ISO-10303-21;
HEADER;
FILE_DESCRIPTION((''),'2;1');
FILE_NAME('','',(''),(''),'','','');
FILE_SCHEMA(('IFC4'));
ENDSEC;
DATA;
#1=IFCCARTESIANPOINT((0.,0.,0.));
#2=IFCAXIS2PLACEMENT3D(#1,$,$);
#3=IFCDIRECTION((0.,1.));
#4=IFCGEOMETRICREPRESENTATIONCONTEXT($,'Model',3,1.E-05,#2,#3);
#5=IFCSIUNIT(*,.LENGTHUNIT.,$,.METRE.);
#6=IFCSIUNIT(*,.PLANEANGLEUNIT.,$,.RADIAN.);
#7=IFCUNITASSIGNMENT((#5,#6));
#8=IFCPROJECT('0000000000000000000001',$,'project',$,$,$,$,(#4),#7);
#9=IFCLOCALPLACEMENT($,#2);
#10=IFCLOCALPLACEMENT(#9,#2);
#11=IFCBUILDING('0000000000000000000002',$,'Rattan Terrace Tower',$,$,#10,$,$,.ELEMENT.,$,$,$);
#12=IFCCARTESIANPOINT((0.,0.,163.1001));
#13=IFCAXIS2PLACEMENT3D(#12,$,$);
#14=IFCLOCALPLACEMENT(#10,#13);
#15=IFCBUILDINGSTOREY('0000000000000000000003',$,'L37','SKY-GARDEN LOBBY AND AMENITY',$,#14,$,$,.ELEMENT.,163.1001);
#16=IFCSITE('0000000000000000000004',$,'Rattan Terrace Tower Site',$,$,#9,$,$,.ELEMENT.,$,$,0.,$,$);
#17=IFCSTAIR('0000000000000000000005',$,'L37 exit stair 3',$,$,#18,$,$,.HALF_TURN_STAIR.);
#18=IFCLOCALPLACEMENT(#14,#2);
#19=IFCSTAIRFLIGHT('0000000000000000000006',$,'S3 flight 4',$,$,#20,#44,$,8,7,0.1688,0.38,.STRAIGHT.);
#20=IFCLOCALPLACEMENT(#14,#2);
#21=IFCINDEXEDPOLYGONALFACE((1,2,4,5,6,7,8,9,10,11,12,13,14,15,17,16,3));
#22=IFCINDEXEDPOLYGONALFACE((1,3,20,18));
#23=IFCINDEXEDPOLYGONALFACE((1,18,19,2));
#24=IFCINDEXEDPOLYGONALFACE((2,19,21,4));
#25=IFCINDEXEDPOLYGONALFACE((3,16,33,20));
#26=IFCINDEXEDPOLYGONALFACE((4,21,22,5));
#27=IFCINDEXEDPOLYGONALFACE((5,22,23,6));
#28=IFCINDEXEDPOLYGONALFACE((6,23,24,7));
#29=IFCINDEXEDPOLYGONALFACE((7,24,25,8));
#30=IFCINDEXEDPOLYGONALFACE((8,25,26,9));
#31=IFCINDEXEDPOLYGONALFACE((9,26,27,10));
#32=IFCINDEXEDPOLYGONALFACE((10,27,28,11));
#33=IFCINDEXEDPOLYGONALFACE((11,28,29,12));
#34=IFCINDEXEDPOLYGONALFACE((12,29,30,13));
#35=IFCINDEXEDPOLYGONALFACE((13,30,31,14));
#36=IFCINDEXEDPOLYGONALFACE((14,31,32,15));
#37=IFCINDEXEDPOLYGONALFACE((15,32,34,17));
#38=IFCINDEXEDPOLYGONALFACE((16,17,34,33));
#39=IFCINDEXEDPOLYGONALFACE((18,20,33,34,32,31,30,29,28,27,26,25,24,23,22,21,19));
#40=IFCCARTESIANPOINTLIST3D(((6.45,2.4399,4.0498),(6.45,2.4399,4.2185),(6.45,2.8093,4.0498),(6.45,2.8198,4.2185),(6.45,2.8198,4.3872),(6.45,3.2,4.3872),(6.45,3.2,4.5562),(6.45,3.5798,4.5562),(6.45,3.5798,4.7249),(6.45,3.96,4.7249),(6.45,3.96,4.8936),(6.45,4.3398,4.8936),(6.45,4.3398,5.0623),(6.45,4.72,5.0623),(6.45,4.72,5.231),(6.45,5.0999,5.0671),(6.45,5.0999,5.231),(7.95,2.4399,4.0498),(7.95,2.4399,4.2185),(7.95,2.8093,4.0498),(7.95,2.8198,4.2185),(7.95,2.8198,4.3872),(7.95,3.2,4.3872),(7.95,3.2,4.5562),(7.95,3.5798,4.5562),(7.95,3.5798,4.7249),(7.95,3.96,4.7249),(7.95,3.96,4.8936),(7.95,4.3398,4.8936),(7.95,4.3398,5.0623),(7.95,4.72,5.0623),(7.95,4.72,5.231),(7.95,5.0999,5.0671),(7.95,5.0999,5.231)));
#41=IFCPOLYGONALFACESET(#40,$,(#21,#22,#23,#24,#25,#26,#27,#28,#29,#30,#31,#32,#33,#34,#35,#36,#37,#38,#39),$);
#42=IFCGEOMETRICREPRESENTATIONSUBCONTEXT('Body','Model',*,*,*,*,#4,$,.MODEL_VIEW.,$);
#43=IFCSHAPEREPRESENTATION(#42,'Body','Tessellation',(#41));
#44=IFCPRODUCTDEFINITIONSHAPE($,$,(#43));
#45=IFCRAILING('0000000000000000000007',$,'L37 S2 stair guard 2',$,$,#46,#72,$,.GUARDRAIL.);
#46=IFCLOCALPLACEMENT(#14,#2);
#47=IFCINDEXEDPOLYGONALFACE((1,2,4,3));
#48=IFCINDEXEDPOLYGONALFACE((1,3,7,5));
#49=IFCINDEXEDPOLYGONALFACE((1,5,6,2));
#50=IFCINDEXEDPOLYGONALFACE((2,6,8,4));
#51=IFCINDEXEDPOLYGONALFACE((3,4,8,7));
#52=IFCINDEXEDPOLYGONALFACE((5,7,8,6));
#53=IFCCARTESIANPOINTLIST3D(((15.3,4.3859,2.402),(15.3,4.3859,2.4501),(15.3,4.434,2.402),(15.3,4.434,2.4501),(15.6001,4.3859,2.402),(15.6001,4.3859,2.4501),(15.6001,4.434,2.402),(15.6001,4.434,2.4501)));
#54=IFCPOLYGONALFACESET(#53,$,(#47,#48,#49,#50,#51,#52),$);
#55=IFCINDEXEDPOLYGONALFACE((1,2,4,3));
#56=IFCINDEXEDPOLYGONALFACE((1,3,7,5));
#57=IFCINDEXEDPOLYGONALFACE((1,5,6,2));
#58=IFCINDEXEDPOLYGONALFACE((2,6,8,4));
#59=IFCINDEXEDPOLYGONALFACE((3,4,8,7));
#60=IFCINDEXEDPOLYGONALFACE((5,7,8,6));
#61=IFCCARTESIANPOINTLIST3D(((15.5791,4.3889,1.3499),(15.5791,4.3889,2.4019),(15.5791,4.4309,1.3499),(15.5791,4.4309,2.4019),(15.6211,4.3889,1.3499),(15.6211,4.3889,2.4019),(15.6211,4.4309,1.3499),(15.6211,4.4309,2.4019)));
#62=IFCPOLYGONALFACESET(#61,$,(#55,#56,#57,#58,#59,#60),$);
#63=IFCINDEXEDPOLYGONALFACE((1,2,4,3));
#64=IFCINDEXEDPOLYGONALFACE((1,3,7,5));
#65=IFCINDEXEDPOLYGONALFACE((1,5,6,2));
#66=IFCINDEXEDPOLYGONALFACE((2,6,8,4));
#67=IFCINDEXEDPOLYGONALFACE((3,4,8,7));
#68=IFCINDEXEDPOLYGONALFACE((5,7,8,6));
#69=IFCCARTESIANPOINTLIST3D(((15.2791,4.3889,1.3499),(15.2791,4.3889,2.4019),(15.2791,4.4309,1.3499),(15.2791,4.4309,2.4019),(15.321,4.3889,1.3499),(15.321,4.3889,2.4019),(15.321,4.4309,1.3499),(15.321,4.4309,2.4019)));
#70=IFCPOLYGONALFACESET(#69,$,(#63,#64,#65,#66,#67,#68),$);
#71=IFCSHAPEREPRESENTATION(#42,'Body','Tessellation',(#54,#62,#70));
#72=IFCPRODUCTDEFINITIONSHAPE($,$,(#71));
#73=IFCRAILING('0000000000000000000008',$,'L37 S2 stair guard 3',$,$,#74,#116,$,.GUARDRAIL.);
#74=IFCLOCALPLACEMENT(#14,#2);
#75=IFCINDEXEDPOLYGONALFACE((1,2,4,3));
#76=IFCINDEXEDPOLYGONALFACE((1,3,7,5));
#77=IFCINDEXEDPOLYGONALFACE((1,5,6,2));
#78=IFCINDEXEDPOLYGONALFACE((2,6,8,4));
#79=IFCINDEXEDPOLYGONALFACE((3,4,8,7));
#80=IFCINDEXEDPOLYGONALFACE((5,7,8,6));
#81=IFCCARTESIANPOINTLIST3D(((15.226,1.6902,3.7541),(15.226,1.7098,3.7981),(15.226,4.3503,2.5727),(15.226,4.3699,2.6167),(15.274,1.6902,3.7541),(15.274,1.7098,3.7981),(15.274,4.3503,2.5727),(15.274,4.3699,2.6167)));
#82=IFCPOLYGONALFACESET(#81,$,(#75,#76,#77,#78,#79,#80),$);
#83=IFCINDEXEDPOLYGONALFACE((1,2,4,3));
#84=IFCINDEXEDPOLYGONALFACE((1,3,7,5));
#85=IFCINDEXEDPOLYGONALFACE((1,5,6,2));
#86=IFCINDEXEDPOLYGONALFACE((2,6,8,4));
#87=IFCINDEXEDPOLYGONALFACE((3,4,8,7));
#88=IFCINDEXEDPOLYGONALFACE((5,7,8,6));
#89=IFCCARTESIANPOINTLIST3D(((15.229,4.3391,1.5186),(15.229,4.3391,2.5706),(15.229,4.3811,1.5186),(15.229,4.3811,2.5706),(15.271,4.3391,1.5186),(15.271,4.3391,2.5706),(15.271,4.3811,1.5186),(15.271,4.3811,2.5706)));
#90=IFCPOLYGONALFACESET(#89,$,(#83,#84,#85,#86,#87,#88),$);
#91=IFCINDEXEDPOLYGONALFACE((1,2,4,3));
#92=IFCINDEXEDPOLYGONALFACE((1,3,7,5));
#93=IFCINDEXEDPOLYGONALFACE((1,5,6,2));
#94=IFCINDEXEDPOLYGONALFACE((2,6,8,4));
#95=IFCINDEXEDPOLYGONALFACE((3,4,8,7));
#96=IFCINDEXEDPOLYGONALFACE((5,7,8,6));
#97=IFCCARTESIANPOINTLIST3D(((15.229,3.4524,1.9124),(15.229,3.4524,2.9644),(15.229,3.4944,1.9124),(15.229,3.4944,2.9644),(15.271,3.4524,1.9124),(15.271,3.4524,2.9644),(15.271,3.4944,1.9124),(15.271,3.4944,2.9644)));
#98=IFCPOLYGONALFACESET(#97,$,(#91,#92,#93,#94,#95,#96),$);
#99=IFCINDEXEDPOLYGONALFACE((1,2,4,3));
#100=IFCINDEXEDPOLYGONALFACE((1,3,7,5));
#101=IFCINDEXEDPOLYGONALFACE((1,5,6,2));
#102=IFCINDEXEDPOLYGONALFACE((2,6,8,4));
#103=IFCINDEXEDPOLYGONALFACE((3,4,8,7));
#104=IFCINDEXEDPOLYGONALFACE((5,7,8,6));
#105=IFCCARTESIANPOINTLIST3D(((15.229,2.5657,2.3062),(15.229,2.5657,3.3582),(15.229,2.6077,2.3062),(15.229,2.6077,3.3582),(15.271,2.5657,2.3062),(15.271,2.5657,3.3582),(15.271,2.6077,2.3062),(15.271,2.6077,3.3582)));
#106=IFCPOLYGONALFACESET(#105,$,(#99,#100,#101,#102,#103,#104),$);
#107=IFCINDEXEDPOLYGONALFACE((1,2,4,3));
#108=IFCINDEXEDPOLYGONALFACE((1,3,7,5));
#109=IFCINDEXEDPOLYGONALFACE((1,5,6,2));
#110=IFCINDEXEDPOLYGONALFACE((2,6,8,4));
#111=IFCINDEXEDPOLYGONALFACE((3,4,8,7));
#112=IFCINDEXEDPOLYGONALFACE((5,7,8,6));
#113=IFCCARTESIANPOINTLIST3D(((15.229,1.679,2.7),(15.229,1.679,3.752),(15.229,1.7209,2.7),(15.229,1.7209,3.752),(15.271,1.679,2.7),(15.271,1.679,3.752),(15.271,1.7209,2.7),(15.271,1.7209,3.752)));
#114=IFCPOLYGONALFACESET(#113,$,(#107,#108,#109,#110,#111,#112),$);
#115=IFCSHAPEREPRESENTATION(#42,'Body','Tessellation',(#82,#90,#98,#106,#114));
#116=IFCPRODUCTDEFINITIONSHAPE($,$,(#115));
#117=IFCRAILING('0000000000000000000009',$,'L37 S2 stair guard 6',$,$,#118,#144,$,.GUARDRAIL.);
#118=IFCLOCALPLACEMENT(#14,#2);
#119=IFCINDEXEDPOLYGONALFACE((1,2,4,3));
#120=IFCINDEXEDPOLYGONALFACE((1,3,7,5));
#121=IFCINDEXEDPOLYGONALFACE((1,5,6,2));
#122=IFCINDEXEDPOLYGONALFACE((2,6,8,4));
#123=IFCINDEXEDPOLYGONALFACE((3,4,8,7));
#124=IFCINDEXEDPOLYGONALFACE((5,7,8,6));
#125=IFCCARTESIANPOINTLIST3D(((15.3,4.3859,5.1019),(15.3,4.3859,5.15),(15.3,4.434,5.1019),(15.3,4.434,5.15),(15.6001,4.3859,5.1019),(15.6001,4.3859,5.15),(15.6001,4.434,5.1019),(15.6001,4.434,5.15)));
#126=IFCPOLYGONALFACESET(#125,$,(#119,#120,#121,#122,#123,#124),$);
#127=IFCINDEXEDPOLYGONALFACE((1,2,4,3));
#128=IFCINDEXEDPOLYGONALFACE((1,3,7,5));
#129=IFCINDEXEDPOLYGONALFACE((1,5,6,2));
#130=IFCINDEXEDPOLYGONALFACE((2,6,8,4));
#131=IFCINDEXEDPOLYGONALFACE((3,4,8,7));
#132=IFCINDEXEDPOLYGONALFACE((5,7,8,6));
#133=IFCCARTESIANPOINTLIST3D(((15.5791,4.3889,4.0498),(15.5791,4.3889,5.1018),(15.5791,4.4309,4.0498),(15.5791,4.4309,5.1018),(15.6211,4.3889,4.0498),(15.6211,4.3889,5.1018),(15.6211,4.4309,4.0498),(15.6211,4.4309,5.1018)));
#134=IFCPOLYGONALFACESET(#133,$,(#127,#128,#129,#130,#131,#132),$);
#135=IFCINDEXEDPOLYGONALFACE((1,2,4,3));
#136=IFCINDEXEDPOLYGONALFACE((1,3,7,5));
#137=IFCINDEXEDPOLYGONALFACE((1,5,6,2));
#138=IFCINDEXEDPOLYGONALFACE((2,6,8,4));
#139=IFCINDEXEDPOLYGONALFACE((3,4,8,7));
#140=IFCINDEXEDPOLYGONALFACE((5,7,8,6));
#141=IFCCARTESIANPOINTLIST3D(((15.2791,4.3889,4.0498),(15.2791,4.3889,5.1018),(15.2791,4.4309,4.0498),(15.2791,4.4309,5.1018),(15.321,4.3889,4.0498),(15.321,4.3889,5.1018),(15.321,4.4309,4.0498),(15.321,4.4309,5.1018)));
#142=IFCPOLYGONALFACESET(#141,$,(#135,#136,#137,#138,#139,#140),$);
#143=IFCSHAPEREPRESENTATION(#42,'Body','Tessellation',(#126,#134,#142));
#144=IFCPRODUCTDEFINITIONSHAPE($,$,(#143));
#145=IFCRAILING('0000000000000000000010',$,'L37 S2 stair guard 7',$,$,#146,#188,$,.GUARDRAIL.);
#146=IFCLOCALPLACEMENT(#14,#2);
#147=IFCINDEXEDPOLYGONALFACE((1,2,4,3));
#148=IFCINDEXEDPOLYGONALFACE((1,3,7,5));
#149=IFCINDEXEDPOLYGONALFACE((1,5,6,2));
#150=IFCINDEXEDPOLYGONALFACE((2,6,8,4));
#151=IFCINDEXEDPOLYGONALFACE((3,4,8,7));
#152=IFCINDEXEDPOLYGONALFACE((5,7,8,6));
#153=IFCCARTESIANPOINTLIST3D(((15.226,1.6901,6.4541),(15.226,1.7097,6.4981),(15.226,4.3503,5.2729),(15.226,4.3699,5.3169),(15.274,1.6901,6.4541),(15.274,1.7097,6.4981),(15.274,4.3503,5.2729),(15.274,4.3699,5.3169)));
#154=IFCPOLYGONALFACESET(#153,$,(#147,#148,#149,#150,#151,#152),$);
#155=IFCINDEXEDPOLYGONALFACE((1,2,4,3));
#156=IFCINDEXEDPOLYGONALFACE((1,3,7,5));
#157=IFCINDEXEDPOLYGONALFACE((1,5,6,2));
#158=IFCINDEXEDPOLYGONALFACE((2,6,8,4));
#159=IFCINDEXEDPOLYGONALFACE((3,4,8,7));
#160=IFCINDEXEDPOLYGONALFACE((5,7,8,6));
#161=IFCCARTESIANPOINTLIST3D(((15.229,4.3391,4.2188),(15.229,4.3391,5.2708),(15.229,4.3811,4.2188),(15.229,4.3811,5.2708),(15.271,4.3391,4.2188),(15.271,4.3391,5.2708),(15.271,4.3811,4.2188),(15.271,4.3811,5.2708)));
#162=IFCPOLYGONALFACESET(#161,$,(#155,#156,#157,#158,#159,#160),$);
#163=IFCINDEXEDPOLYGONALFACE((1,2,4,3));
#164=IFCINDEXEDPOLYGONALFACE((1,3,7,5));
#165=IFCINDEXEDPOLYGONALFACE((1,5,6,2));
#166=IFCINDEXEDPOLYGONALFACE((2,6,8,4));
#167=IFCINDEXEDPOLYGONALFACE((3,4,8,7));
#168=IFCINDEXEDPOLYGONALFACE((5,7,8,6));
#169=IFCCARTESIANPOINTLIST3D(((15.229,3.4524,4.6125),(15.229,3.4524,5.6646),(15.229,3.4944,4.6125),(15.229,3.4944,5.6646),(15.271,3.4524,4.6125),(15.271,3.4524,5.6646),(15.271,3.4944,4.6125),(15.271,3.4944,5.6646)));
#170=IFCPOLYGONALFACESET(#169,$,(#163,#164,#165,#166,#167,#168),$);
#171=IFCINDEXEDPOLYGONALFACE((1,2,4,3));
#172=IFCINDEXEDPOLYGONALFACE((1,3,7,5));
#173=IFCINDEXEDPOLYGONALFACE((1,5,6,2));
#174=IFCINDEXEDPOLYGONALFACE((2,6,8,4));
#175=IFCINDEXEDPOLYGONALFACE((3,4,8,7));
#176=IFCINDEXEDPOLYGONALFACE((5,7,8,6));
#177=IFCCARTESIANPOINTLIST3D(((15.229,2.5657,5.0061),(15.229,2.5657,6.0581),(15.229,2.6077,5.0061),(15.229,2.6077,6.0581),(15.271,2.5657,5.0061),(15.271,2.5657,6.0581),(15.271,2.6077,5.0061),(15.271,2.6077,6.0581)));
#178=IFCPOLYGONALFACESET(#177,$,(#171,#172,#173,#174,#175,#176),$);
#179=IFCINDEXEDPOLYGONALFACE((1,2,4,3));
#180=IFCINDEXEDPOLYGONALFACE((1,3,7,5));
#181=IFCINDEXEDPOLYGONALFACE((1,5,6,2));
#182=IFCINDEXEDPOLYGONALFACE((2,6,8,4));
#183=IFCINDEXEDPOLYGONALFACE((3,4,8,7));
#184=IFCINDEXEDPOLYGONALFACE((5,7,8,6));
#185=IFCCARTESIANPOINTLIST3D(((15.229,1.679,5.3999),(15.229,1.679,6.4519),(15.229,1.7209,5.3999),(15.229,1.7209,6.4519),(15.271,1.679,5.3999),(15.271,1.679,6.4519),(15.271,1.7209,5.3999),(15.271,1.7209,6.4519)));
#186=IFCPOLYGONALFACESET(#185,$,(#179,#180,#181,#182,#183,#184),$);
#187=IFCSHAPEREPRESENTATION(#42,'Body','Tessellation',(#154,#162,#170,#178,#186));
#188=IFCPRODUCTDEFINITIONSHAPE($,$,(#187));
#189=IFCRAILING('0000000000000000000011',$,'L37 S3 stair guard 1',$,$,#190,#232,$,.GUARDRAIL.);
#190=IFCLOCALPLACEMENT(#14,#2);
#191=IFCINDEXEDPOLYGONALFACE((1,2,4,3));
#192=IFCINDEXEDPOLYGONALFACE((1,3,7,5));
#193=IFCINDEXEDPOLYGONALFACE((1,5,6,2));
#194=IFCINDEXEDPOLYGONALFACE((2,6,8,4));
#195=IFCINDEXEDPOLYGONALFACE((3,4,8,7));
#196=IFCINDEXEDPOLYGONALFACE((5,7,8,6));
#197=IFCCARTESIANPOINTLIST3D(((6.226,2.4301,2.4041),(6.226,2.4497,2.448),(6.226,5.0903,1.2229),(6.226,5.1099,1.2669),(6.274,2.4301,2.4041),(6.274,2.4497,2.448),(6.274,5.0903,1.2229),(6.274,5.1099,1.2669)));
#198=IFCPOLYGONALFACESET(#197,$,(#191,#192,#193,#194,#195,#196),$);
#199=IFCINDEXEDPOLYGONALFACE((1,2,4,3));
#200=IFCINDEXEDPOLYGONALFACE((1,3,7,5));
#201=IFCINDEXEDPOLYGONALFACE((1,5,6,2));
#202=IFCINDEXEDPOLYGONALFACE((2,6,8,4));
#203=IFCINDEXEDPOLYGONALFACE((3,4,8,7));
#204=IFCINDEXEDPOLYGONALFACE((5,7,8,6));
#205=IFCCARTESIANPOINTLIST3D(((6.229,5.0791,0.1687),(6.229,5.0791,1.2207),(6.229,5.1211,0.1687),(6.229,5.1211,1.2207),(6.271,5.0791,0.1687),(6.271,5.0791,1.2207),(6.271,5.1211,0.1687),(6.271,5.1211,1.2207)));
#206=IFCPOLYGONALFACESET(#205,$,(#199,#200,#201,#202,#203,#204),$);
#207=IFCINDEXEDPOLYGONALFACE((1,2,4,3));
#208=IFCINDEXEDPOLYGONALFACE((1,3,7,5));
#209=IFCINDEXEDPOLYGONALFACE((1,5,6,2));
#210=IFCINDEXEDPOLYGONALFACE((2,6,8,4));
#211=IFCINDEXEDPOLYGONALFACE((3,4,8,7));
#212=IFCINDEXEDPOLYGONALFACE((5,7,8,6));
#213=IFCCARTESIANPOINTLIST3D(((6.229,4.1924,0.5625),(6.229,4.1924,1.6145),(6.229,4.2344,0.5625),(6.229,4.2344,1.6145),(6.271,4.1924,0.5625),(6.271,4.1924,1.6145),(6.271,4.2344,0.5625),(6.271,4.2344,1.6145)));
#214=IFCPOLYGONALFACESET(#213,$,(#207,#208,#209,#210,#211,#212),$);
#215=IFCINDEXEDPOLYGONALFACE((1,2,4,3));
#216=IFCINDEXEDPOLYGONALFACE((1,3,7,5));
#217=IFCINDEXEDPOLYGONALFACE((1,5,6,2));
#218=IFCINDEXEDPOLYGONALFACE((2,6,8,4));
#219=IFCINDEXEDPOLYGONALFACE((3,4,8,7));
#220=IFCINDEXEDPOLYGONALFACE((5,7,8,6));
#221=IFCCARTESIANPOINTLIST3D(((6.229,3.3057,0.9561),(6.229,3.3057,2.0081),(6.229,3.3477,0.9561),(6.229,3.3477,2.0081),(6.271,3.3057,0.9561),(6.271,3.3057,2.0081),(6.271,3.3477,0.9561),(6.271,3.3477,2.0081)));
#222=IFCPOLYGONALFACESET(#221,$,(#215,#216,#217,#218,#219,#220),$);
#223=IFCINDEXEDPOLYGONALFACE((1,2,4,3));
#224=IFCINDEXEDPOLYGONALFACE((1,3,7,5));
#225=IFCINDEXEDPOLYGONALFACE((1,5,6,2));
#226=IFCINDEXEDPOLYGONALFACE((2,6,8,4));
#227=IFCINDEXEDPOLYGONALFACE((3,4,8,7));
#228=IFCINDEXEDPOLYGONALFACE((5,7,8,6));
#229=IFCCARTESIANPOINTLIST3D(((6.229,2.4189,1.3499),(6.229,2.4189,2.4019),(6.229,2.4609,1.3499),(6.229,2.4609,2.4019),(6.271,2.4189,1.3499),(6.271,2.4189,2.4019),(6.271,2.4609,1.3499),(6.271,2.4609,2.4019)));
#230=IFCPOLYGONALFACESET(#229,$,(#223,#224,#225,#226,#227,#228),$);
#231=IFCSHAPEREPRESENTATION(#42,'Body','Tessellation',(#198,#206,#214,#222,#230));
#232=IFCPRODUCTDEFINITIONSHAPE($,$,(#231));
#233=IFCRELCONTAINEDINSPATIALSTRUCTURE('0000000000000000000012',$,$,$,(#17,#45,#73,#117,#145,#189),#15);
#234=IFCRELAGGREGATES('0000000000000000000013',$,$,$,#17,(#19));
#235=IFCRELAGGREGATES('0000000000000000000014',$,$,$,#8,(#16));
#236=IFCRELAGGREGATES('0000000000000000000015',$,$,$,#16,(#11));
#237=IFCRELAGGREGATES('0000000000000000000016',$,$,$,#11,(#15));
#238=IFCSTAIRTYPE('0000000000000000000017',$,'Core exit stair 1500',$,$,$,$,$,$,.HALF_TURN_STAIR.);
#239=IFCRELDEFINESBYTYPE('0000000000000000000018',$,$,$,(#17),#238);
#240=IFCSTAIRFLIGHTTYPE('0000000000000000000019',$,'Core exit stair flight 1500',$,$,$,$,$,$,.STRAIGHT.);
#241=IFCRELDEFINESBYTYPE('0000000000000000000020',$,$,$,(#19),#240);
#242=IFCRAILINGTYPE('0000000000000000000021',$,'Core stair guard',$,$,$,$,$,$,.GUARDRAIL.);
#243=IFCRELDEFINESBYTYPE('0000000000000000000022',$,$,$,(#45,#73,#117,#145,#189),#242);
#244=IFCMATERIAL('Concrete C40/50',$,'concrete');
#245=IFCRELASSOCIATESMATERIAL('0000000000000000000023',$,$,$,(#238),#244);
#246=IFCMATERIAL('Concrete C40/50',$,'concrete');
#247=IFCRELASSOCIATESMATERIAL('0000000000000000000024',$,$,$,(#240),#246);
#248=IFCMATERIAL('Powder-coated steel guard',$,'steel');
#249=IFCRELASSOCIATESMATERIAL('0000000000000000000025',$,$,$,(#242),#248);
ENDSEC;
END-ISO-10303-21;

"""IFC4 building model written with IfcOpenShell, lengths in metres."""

from ifc_helpers import new_model, si_unit, direction, frame, origin, origin_2d, place, context, subcontext, project, spatial, polyline, rectangle, outline, extrude, material, type_object, element, aggregate, save


model = new_model("IFC4")

# Units and contexts
model_context = context("Model", 3, precision=1e-05, world=origin(), true_north=direction((0.0, 1.0)))
body_context = subcontext(model_context, "Body", "Model", "MODEL_VIEW")
ifc_project = project(units=[si_unit("LENGTHUNIT", "METRE"), si_unit("PLANEANGLEUNIT", "RADIAN")], contexts=[model_context])

# Site, building, storey
site_placement = place(None, origin())
site = spatial("IfcSite", under=ifc_project, at=site_placement, Name="Rattan Terrace Tower Site", CompositionType="ELEMENT", RefElevation=0.0)
building_placement = place(site_placement, origin())
building = spatial("IfcBuilding", under=site, at=building_placement, Name="Rattan Terrace Tower", CompositionType="ELEMENT")
storey_placement = place(building_placement, frame((0.0, 0.0, 163.1001)))
storey = spatial("IfcBuildingStorey", under=building, at=storey_placement, Name="L37", Description="SKY-GARDEN LOBBY AND AMENITY", CompositionType="ELEMENT", Elevation=163.1001)

# Stair, stair flight
ifc_material_1 = material(Name="Concrete C40/50", Category="concrete")
stair_type = type_object("IfcStairType", Name="Core exit stair 1500", PredefinedType="HALF_TURN_STAIR", material=ifc_material_1)
ifc_material_2 = material(Name="Concrete C40/50", Category="concrete")
stair_flight_type = type_object("IfcStairFlightType", Name="Core exit stair flight 1500", PredefinedType="STRAIGHT", material=ifc_material_2)
stair_1_placement = place(storey_placement, origin())
stair_1 = element("IfcStair", 1, at=stair_1_placement, inside=storey, type_object=stair_type, Name="L37 exit stair 3", PredefinedType="HALF_TURN_STAIR")
stair_flight_1_placement = place(storey_placement, frame((7.2, 2.4399, 4.0498), z_axis=(0.0, 0.0, 1.0), x_axis=(0.0, 1.0, 0.0)))
stair_flight_1 = element("IfcStairFlight", 2, at=stair_flight_1_placement, type_object=stair_flight_type, Name="S3 flight 4", NumberOfRisers=8, NumberOfTreads=7, PredefinedType="STRAIGHT", RiserHeight=0.1688, TreadLength=0.38, context=body_context, shape_type="SweptSolid", body=[
    extrude(outline(polyline([(0.0, 0.0), (0.0, 0.1687), (0.3799, 0.1687), (0.3799, 0.3374), (0.76, 0.3374), (0.76, 0.5063), (1.1399, 0.5063), (1.1399, 0.675), (1.52, 0.675), (1.52, 0.8438), (1.8999, 0.8438), (1.8999, 1.0125), (2.28, 1.0125), (2.28, 1.1812), (2.6599, 1.1812), (2.6599, 1.3501), (2.6599, 1.0173), (0.3694, 0.0), (0.0, 0.0)])), frame((0.0, 0.75, 0.0), z_axis=(0.0, -1.0, 0.0), x_axis=(1.0, 0.0, 0.0)), (0.0, 0.0, 1.0), 1.5),
])
aggregate(stair_1, [stair_flight_1])

# Railings
ifc_material_3 = material(Name="Powder-coated steel guard", Category="steel")
railing_type_1 = type_object("IfcRailingType", Name="Core stair guard", PredefinedType="GUARDRAIL", material=ifc_material_3)
railing_1_placement = place(storey_placement, frame((15.6001, 4.4099, 1.3499)))
element("IfcRailing", 3, at=railing_1_placement, inside=storey, type_object=railing_type_1, Name="L37 S2 stair guard 2", PredefinedType="GUARDRAIL", context=body_context, shape_type="SweptSolid", body=[
    extrude(rectangle(XDim=0.0481, YDim=0.0481, at=origin_2d()), frame((0.0, 0.0, 1.0762), z_axis=(-1.0, 0.0, 0.0), x_axis=(0.0, -1.0, 0.0)), (0.0, 0.0, 1.0), 0.3),
    extrude(rectangle(XDim=0.042, YDim=0.042, at=origin_2d()), origin(), (0.0, 0.0, 1.0), 1.052),
    extrude(rectangle(XDim=0.042, YDim=0.042, at=origin_2d()), frame((-0.3, 0.0, 0.0)), (0.0, 0.0, 1.0), 1.052),
])
railing_2_placement = place(storey_placement, frame((15.25, 4.3601, 1.5186)))
element("IfcRailing", 4, at=railing_2_placement, inside=storey, type_object=railing_type_1, Name="L37 S2 stair guard 3", PredefinedType="GUARDRAIL", context=body_context, shape_type="SweptSolid", body=[
    extrude(rectangle(XDim=0.0481, YDim=0.0481, at=origin_2d()), frame((0.0, 0.0, 1.0762), z_axis=(0.0, -0.913926, 0.405882), x_axis=(1.0, 0.0, 0.0)), (0.0, 0.0, 1.0), 2.9106),
    extrude(rectangle(XDim=0.042, YDim=0.042, at=origin_2d()), origin(), (0.0, 0.0, 1.0), 1.052),
    extrude(rectangle(XDim=0.042, YDim=0.042, at=origin_2d()), frame((0.0, -0.8867, 0.3938)), (0.0, 0.0, 1.0), 1.052),
    extrude(rectangle(XDim=0.042, YDim=0.042, at=origin_2d()), frame((0.0, -1.7734, 0.7876)), (0.0, 0.0, 1.0), 1.052),
    extrude(rectangle(XDim=0.042, YDim=0.042, at=origin_2d()), frame((0.0, -2.6602, 1.1814)), (0.0, 0.0, 1.0), 1.052),
])
railing_3_placement = place(storey_placement, frame((15.6001, 4.4099, 4.0498)))
element("IfcRailing", 5, at=railing_3_placement, inside=storey, type_object=railing_type_1, Name="L37 S2 stair guard 6", PredefinedType="GUARDRAIL", context=body_context, shape_type="SweptSolid", body=[
    extrude(rectangle(XDim=0.0481, YDim=0.0481, at=origin_2d()), frame((0.0, 0.0, 1.0762), z_axis=(-1.0, 0.0, 0.0), x_axis=(0.0, -1.0, 0.0)), (0.0, 0.0, 1.0), 0.3),
    extrude(rectangle(XDim=0.042, YDim=0.042, at=origin_2d()), origin(), (0.0, 0.0, 1.0), 1.052),
    extrude(rectangle(XDim=0.042, YDim=0.042, at=origin_2d()), frame((-0.3, 0.0, 0.0)), (0.0, 0.0, 1.0), 1.052),
])
for number, where, name in (
    (6, (15.25, 4.3601, 4.2188), "L37 S2 stair guard 7"),
    (7, (6.25, 5.1001, 0.1687), "L37 S3 stair guard 1"),
):
    element("IfcRailing", number, at=place(storey_placement, frame(where)), inside=storey, type_object=railing_type_1, Name=name, PredefinedType="GUARDRAIL", context=body_context, shape_type="SweptSolid", body=[
        extrude(rectangle(XDim=0.0481, YDim=0.0481, at=origin_2d()), frame((0.0, 0.0, 1.0762), z_axis=(0.0, -0.913957, 0.405812), x_axis=(1.0, 0.0, 0.0)), (0.0, 0.0, 1.0), 2.9106),
        extrude(rectangle(XDim=0.042, YDim=0.042, at=origin_2d()), origin(), (0.0, 0.0, 1.0), 1.052),
        extrude(rectangle(XDim=0.042, YDim=0.042, at=origin_2d()), frame((0.0, -0.8867, 0.3938)), (0.0, 0.0, 1.0), 1.052),
        extrude(rectangle(XDim=0.042, YDim=0.042, at=origin_2d()), frame((0.0, -1.7734, 0.7874)), (0.0, 0.0, 1.0), 1.052),
        extrude(rectangle(XDim=0.042, YDim=0.042, at=origin_2d()), frame((0.0, -2.6602, 1.1812)), (0.0, 0.0, 1.0), 1.052),
    ])

save(model, "model.ifc")
